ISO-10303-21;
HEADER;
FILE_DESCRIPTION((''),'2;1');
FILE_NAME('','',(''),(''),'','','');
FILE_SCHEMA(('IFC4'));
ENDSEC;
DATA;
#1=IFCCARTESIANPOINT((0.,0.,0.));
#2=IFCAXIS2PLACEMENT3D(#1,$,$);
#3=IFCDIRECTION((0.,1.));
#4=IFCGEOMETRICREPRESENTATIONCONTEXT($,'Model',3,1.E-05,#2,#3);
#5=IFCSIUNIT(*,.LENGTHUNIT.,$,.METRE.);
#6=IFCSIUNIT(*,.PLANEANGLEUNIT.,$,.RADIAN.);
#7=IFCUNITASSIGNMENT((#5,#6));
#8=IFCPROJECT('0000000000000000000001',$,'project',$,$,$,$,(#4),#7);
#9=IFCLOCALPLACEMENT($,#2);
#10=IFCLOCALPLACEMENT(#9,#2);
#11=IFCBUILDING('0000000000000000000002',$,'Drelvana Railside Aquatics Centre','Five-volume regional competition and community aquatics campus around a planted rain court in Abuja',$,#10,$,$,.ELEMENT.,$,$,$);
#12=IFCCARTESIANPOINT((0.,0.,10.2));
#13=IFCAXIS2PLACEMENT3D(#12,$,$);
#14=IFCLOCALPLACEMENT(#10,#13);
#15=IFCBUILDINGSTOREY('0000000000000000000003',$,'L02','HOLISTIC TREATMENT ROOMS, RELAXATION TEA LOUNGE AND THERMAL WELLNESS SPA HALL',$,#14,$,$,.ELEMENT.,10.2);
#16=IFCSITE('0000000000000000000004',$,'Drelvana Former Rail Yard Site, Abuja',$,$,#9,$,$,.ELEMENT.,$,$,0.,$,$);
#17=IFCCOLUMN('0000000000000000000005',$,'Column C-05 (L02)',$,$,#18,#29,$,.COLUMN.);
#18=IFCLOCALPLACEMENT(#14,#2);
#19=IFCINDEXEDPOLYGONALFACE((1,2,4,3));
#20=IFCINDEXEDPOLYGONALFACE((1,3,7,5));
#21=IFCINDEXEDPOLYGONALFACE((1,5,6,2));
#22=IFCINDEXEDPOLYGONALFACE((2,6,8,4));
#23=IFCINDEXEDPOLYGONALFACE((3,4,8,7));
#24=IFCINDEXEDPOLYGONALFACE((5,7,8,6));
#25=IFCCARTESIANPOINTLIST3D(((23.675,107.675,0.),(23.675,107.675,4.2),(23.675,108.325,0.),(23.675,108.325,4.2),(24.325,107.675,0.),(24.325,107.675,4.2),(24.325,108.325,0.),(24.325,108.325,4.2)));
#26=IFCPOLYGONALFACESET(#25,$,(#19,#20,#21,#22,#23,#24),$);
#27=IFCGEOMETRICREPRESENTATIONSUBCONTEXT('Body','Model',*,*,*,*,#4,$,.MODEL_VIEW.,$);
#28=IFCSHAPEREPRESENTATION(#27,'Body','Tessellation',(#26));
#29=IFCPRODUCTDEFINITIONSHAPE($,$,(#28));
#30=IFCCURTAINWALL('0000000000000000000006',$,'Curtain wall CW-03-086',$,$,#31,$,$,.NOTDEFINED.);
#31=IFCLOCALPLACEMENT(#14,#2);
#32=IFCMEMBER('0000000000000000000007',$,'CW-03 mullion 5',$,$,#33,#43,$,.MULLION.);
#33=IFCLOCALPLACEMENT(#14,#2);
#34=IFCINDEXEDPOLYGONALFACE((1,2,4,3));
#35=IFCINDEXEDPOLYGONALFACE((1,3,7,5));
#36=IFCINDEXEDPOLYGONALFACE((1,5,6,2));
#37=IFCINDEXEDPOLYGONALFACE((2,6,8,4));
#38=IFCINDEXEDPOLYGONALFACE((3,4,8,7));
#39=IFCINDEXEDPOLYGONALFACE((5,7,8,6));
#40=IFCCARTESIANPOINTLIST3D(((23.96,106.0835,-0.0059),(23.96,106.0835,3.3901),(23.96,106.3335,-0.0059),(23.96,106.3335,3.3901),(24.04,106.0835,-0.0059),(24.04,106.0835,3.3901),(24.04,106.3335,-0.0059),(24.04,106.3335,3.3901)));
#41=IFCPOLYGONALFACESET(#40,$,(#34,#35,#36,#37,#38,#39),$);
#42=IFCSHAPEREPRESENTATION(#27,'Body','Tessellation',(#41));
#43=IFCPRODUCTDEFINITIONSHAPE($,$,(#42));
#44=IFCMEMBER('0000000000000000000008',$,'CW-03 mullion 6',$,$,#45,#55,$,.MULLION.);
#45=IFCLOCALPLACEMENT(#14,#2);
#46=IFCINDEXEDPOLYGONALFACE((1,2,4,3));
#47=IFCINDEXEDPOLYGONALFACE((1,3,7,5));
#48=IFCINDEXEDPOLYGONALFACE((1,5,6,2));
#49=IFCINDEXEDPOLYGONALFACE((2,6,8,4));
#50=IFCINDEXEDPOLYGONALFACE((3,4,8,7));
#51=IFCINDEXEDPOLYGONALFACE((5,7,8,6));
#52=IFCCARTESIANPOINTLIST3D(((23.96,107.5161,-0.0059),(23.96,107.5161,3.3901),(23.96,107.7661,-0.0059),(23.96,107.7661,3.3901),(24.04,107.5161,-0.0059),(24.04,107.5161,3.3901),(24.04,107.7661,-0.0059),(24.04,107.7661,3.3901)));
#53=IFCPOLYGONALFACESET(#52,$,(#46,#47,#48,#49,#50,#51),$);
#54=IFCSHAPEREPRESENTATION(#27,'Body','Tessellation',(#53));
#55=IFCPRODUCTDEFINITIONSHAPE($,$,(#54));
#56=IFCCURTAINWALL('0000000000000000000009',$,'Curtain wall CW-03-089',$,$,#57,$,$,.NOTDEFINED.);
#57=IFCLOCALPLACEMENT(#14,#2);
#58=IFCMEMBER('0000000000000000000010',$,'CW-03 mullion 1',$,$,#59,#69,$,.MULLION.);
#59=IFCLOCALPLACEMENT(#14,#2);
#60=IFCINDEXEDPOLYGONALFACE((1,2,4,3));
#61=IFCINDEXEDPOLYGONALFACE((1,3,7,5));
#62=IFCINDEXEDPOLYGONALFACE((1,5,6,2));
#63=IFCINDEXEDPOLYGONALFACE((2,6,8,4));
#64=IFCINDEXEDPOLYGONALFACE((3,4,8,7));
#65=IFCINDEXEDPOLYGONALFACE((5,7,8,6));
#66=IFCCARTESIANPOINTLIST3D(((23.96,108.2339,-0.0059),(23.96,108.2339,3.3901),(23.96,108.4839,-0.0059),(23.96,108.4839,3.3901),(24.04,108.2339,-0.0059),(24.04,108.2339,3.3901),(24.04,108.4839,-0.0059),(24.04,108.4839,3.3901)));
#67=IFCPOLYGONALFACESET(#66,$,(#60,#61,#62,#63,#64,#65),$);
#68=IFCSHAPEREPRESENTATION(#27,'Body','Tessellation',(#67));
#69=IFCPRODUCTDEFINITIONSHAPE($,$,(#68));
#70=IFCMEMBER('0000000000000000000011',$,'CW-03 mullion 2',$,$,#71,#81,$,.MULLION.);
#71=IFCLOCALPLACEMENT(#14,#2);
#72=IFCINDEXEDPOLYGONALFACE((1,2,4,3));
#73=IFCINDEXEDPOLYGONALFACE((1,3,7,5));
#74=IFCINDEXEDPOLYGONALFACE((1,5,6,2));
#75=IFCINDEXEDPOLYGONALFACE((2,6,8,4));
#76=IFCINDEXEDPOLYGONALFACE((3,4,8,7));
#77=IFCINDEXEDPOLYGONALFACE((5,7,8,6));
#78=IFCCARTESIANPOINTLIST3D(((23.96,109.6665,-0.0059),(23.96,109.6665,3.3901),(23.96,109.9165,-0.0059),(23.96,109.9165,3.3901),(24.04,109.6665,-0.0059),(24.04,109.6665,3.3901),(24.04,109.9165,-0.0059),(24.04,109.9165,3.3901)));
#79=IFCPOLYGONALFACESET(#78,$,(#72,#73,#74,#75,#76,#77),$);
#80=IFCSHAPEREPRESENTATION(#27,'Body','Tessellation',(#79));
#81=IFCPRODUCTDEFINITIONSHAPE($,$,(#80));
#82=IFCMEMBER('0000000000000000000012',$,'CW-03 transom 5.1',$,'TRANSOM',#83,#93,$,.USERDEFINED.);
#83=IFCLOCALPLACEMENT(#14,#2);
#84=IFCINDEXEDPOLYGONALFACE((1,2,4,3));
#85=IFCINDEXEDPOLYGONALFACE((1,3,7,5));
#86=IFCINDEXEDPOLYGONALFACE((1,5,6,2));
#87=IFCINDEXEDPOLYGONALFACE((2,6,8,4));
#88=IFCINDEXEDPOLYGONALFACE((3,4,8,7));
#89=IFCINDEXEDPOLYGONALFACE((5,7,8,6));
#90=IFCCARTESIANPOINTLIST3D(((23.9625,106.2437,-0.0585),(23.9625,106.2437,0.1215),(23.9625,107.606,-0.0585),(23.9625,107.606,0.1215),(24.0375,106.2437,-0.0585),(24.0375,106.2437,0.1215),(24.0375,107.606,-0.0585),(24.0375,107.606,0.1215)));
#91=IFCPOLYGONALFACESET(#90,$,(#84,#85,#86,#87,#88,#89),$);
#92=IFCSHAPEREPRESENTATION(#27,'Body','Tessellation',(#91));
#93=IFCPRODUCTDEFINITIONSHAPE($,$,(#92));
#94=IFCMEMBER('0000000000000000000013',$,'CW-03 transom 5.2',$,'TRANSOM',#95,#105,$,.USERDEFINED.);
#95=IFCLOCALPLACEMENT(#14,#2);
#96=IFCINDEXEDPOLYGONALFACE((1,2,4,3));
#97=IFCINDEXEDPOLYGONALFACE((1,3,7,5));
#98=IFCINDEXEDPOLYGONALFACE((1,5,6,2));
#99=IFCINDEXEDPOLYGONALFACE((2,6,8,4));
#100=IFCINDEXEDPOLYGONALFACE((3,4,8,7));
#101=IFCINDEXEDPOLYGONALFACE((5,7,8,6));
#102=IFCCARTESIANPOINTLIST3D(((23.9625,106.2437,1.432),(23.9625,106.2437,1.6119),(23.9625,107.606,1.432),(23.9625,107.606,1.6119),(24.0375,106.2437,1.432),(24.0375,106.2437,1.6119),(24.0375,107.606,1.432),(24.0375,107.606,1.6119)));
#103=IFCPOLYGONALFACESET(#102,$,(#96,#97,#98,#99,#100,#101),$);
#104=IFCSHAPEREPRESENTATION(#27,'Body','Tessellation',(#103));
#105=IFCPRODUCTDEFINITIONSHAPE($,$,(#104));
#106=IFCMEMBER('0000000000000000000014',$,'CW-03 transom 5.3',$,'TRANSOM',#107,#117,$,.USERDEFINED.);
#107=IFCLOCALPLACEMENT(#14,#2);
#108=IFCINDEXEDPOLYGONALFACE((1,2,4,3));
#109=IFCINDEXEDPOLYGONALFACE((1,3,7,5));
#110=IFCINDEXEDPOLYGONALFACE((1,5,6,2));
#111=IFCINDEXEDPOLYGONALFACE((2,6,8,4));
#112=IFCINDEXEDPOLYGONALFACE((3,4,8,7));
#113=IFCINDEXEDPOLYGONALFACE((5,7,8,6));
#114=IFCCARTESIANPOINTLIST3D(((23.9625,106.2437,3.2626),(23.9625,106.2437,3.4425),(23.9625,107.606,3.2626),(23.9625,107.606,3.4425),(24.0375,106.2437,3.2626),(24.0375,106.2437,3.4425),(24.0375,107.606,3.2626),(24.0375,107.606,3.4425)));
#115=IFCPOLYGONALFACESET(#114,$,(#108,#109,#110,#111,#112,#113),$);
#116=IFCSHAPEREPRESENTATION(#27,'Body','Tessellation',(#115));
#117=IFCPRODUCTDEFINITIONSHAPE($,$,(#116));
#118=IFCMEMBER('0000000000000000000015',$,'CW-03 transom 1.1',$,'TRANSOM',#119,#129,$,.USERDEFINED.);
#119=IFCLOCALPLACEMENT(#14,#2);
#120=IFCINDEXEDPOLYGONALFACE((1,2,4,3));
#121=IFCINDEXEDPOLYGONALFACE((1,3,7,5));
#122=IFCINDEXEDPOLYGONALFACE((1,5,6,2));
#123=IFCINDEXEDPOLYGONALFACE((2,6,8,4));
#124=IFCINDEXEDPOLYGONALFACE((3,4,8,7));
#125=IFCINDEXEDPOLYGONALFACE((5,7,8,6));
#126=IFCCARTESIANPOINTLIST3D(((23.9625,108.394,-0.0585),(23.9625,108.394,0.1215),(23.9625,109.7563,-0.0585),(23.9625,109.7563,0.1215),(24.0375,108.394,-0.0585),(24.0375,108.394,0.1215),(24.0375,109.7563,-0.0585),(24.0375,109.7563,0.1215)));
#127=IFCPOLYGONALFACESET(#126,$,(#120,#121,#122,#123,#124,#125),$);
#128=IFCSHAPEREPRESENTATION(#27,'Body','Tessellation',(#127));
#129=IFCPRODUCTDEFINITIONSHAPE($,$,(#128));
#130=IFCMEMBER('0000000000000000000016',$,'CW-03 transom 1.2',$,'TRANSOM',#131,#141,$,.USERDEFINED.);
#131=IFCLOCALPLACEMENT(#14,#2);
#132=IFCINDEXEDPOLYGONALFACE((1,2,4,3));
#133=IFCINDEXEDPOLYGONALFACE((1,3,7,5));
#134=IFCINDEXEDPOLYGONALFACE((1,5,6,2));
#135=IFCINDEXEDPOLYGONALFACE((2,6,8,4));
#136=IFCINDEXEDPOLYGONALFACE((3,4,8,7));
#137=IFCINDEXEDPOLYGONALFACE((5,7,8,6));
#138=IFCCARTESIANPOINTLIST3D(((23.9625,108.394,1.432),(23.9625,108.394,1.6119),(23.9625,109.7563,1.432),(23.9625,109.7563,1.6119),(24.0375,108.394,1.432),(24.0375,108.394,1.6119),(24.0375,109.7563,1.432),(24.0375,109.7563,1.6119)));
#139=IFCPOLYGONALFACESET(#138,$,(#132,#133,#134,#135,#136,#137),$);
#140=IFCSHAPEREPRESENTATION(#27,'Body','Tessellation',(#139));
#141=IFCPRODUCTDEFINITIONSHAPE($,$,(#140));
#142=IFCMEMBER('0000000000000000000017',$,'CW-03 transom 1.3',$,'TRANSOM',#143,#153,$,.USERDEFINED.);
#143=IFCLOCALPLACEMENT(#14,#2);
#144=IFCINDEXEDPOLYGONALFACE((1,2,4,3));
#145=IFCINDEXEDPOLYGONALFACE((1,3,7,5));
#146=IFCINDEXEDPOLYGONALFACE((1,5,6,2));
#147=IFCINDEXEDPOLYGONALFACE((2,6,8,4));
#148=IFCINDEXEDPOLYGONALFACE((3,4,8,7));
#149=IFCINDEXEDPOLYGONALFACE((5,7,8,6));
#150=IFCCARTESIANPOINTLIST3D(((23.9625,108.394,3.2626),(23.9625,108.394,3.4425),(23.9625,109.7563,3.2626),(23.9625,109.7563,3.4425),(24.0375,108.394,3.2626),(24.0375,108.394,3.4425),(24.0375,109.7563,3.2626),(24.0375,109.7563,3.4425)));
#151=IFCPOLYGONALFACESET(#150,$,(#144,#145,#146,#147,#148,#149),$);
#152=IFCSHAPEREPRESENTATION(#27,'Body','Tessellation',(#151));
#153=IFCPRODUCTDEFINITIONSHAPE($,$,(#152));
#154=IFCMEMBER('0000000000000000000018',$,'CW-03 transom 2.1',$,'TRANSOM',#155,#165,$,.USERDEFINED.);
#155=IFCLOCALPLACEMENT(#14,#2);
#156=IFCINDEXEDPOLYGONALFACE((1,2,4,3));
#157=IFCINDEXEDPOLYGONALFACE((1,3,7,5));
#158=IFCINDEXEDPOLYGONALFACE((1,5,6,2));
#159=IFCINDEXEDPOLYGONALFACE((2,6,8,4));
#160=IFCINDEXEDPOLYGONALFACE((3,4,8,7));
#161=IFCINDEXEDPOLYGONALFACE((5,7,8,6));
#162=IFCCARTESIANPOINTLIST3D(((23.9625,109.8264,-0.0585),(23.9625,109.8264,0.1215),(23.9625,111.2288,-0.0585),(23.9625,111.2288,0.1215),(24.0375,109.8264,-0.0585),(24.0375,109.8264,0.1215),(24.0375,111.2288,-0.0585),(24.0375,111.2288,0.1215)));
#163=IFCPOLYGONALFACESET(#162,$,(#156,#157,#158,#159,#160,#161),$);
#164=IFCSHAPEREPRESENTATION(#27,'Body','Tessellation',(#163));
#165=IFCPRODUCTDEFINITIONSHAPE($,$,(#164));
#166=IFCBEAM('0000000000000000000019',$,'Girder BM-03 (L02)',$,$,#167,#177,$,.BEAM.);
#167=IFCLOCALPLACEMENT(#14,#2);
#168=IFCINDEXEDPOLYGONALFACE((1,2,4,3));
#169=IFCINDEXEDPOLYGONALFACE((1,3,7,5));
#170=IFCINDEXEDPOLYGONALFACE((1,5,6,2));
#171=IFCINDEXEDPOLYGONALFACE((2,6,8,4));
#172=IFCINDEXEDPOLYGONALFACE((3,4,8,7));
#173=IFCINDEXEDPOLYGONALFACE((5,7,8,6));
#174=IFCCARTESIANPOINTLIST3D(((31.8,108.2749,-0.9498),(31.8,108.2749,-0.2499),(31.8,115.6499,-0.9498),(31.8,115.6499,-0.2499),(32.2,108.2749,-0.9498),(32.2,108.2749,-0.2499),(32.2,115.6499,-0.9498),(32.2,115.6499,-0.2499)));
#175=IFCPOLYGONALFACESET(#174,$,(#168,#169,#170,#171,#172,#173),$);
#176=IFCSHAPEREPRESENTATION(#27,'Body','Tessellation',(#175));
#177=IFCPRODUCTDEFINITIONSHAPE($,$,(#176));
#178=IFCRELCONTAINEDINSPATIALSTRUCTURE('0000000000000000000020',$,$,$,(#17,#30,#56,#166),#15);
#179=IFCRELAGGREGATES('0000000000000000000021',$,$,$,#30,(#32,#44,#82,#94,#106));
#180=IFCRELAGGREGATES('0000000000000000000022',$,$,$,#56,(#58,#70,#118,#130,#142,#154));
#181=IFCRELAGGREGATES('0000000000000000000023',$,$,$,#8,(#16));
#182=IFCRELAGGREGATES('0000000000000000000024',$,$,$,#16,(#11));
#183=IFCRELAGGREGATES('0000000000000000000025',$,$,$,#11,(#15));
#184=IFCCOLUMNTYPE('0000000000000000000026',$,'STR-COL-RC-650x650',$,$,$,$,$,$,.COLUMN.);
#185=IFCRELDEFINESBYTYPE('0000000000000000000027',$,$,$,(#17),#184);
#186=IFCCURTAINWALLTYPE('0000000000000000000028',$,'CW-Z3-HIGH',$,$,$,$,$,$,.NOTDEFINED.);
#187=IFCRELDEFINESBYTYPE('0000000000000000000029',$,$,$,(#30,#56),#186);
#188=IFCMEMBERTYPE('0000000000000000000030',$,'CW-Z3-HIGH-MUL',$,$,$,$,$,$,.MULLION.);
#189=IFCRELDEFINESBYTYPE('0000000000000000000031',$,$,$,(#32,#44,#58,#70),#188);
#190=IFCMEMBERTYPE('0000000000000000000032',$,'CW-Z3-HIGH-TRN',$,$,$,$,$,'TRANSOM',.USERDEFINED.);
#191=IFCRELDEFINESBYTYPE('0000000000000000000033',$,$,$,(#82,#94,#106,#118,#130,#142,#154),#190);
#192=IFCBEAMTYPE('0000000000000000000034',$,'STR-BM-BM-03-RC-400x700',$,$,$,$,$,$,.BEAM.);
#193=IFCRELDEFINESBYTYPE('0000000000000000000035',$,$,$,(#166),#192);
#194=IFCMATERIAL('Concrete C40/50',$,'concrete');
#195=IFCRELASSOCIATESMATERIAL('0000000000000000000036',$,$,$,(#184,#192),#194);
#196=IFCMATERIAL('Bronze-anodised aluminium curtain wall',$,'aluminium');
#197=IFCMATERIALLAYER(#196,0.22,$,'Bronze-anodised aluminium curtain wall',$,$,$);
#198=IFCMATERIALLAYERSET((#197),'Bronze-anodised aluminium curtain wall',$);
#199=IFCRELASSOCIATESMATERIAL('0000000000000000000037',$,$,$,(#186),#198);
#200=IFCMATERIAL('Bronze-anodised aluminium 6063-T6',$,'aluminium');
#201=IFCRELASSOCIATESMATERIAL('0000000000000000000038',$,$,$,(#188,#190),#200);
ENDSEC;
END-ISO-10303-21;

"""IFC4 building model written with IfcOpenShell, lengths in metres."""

from ifc_helpers import new_model, si_unit, direction, frame, origin, origin_2d, place, context, subcontext, project, spatial, rectangle, extrude, material, layer, layer_set, material_profile, profile_set, type_object, element, aggregate, save


model = new_model("IFC4")

# Units and contexts
model_context = context("Model", 3, precision=1e-05, world=origin(), true_north=direction((0.0, 1.0)))
body_context = subcontext(model_context, "Body", "Model", "MODEL_VIEW")
ifc_project = project(units=[si_unit("LENGTHUNIT", "METRE"), si_unit("PLANEANGLEUNIT", "RADIAN")], contexts=[model_context])

# Site, building, storey
site_placement = place(None, origin())
site = spatial("IfcSite", under=ifc_project, at=site_placement, Name="Drelvana Former Rail Yard Site, Abuja", CompositionType="ELEMENT", RefElevation=0.0)
building_placement = place(site_placement, origin())
building = spatial("IfcBuilding", under=site, at=building_placement, Name="Drelvana Railside Aquatics Centre", Description="Five-volume regional competition and community aquatics campus around a planted rain court in Abuja", CompositionType="ELEMENT")
storey_placement = place(building_placement, frame((0.0, 0.0, 10.2)))
storey = spatial("IfcBuildingStorey", under=building, at=storey_placement, Name="L02", Description="HOLISTIC TREATMENT ROOMS, RELAXATION TEA LOUNGE AND THERMAL WELLNESS SPA HALL", CompositionType="ELEMENT", Elevation=10.2)

# Column
ifc_material_1 = material(Name="Concrete C40/50", Category="concrete")
ifc_material_profile_1 = material_profile(ifc_material_1, rectangle(XDim=0.6499, YDim=0.6499, at=origin_2d()), Name="RC 650x650")
ifc_profile_set_1 = profile_set([ifc_material_profile_1], Name="Concrete C40/50")
column_type = type_object("IfcColumnType", Name="STR-COL-RC-650x650", PredefinedType="COLUMN", material=ifc_profile_set_1)
column_placement = place(storey_placement, frame((24.0, 108.0, 0.0), z_axis=(0.0, 0.0, 1.0), x_axis=(1.0, 0.0, 0.0)))
element("IfcColumn", 1, at=column_placement, inside=storey, type_object=column_type, Name="Column C-05 (L02)", PredefinedType="COLUMN", context=body_context, shape_type="SweptSolid", body=[
    extrude(rectangle(XDim=0.6499, YDim=0.6499, at=origin_2d()), origin(), (0.0, 0.0, 1.0), 4.2),
])

# Curtain walls, members
ifc_material_2 = material(Name="Bronze-anodised aluminium curtain wall", Category="aluminium")
ifc_layer_1 = layer(ifc_material_2, 0.22, Name="Bronze-anodised aluminium curtain wall")
ifc_layer_set_1 = layer_set([ifc_layer_1], Name="Bronze-anodised aluminium curtain wall")
curtain_wall_type = type_object("IfcCurtainWallType", Name="CW-Z3-HIGH", PredefinedType="NOTDEFINED", material=ifc_layer_set_1)
curtain_wall_1_placement = place(storey_placement, origin())
curtain_wall_1 = element("IfcCurtainWall", 2, at=curtain_wall_1_placement, inside=storey, type_object=curtain_wall_type, Name="Curtain wall CW-03-086", PredefinedType="NOTDEFINED")
ifc_material_3 = material(Name="Bronze-anodised aluminium 6063-T6", Category="aluminium")
ifc_material_profile_2 = material_profile(ifc_material_3, rectangle(XDim=0.0801, YDim=0.25, at=origin_2d()), Name="ALU-M 80x250")
ifc_profile_set_2 = profile_set([ifc_material_profile_2], Name="Bronze-anodised aluminium 6063-T6")
member_type_1 = type_object("IfcMemberType", Name="CW-Z3-HIGH-MUL", PredefinedType="MULLION", material=ifc_profile_set_2)
member_1_placement = place(storey_placement, frame((24.0, 106.2085, -0.0059), z_axis=(0.0, 0.0, 1.0), x_axis=(-1.0, 0.0, 0.0)))
member_1 = element("IfcMember", 3, at=member_1_placement, type_object=member_type_1, Name="CW-03 mullion 5", PredefinedType="MULLION", context=body_context, shape_type="SweptSolid", body=[
    extrude(rectangle(XDim=0.0801, YDim=0.25, at=origin_2d()), origin(), (0.0, 0.0, 1.0), 3.396),
])
member_2_placement = place(storey_placement, frame((24.0, 107.6411, -0.0059), z_axis=(0.0, 0.0, 1.0), x_axis=(-1.0, 0.0, 0.0)))
member_2 = element("IfcMember", 4, at=member_2_placement, type_object=member_type_1, Name="CW-03 mullion 6", PredefinedType="MULLION", context=body_context, shape_type="SweptSolid", body=[
    extrude(rectangle(XDim=0.0801, YDim=0.25, at=origin_2d()), origin(), (0.0, 0.0, 1.0), 3.396),
])
curtain_wall_2_placement = place(storey_placement, origin())
curtain_wall_2 = element("IfcCurtainWall", 5, at=curtain_wall_2_placement, inside=storey, type_object=curtain_wall_type, Name="Curtain wall CW-03-089", PredefinedType="NOTDEFINED")
member_3_placement = place(storey_placement, frame((24.0, 108.3589, -0.0059), z_axis=(0.0, 0.0, 1.0), x_axis=(-1.0, 0.0, 0.0)))
member_3 = element("IfcMember", 6, at=member_3_placement, type_object=member_type_1, Name="CW-03 mullion 1", PredefinedType="MULLION", context=body_context, shape_type="SweptSolid", body=[
    extrude(rectangle(XDim=0.0801, YDim=0.25, at=origin_2d()), origin(), (0.0, 0.0, 1.0), 3.396),
])
member_4_placement = place(storey_placement, frame((24.0, 109.7915, -0.0059), z_axis=(0.0, 0.0, 1.0), x_axis=(-1.0, 0.0, 0.0)))
member_4 = element("IfcMember", 7, at=member_4_placement, type_object=member_type_1, Name="CW-03 mullion 2", PredefinedType="MULLION", context=body_context, shape_type="SweptSolid", body=[
    extrude(rectangle(XDim=0.0801, YDim=0.25, at=origin_2d()), origin(), (0.0, 0.0, 1.0), 3.396),
])

# Members
ifc_material_profile_3 = material_profile(ifc_material_3, rectangle(XDim=0.1799, YDim=0.075, at=origin_2d()), Name="ALU-T 75x180")
ifc_profile_set_3 = profile_set([ifc_material_profile_3], Name="Bronze-anodised aluminium 6063-T6")
member_type_2 = type_object("IfcMemberType", Name="CW-Z3-HIGH-TRN", ElementType="TRANSOM", PredefinedType="USERDEFINED", material=ifc_profile_set_3)
member_5_placement = place(storey_placement, frame((24.0, 106.2437, 0.0315), z_axis=(0.0, 1.0, 0.0), x_axis=(0.0, 0.0, 1.0)))
member_5 = element("IfcMember", 8, at=member_5_placement, type_object=member_type_2, Name="CW-03 transom 5.1", ObjectType="TRANSOM", PredefinedType="USERDEFINED", context=body_context, shape_type="SweptSolid", body=[
    extrude(rectangle(XDim=0.1799, YDim=0.075, at=origin_2d()), origin(), (0.0, 0.0, 1.0), 1.3623),
])
member_6_placement = place(storey_placement, frame((24.0, 106.2437, 1.522), z_axis=(0.0, 1.0, 0.0), x_axis=(0.0, 0.0, 1.0)))
member_6 = element("IfcMember", 9, at=member_6_placement, type_object=member_type_2, Name="CW-03 transom 5.2", ObjectType="TRANSOM", PredefinedType="USERDEFINED", context=body_context, shape_type="SweptSolid", body=[
    extrude(rectangle(XDim=0.1799, YDim=0.075, at=origin_2d()), origin(), (0.0, 0.0, 1.0), 1.3623),
])
member_7_placement = place(storey_placement, frame((24.0, 106.2437, 3.3525), z_axis=(0.0, 1.0, 0.0), x_axis=(0.0, 0.0, 1.0)))
member_7 = element("IfcMember", 10, at=member_7_placement, type_object=member_type_2, Name="CW-03 transom 5.3", ObjectType="TRANSOM", PredefinedType="USERDEFINED", context=body_context, shape_type="SweptSolid", body=[
    extrude(rectangle(XDim=0.1799, YDim=0.075, at=origin_2d()), origin(), (0.0, 0.0, 1.0), 1.3623),
])
member_8_placement = place(storey_placement, frame((24.0, 108.394, 0.0315), z_axis=(0.0, 1.0, 0.0), x_axis=(0.0, 0.0, 1.0)))
member_8 = element("IfcMember", 11, at=member_8_placement, type_object=member_type_2, Name="CW-03 transom 1.1", ObjectType="TRANSOM", PredefinedType="USERDEFINED", context=body_context, shape_type="SweptSolid", body=[
    extrude(rectangle(XDim=0.1799, YDim=0.075, at=origin_2d()), origin(), (0.0, 0.0, 1.0), 1.3623),
])
member_9_placement = place(storey_placement, frame((24.0, 108.394, 1.522), z_axis=(0.0, 1.0, 0.0), x_axis=(0.0, 0.0, 1.0)))
member_9 = element("IfcMember", 12, at=member_9_placement, type_object=member_type_2, Name="CW-03 transom 1.2", ObjectType="TRANSOM", PredefinedType="USERDEFINED", context=body_context, shape_type="SweptSolid", body=[
    extrude(rectangle(XDim=0.1799, YDim=0.075, at=origin_2d()), origin(), (0.0, 0.0, 1.0), 1.3623),
])
member_10_placement = place(storey_placement, frame((24.0, 108.394, 3.3525), z_axis=(0.0, 1.0, 0.0), x_axis=(0.0, 0.0, 1.0)))
member_10 = element("IfcMember", 13, at=member_10_placement, type_object=member_type_2, Name="CW-03 transom 1.3", ObjectType="TRANSOM", PredefinedType="USERDEFINED", context=body_context, shape_type="SweptSolid", body=[
    extrude(rectangle(XDim=0.1799, YDim=0.075, at=origin_2d()), origin(), (0.0, 0.0, 1.0), 1.3623),
])
member_11_placement = place(storey_placement, frame((24.0, 109.8264, 0.0315), z_axis=(0.0, 1.0, 0.0), x_axis=(0.0, 0.0, 1.0)))
member_11 = element("IfcMember", 14, at=member_11_placement, type_object=member_type_2, Name="CW-03 transom 2.1", ObjectType="TRANSOM", PredefinedType="USERDEFINED", context=body_context, shape_type="SweptSolid", body=[
    extrude(rectangle(XDim=0.1799, YDim=0.075, at=origin_2d()), origin(), (0.0, 0.0, 1.0), 1.4023),
])

# Beam
ifc_material_profile_4 = material_profile(ifc_material_1, rectangle(XDim=0.3999, YDim=0.7, at=origin_2d()), Name="RC 400x700")
ifc_profile_set_4 = profile_set([ifc_material_profile_4], Name="Concrete C40/50")
beam_type_1 = type_object("IfcBeamType", Name="STR-BM-BM-03-RC-400x700", PredefinedType="BEAM", material=ifc_profile_set_4)
beam_1_placement = place(storey_placement, frame((32.0, 108.2749, -0.5999), z_axis=(0.0, 1.0, 0.0), x_axis=(-1.0, 0.0, 0.0)))
element("IfcBeam", 15, at=beam_1_placement, inside=storey, type_object=beam_type_1, Name="Girder BM-03 (L02)", PredefinedType="BEAM", context=body_context, shape_type="SweptSolid", body=[
    extrude(rectangle(XDim=0.3999, YDim=0.7, at=origin_2d()), origin(), (0.0, 0.0, 1.0), 7.375),
])

aggregate(curtain_wall_1, [member_1, member_2, member_5, member_6, member_7])
aggregate(curtain_wall_2, [member_3, member_4, member_8, member_9, member_10, member_11])

save(model, "model.ifc")
